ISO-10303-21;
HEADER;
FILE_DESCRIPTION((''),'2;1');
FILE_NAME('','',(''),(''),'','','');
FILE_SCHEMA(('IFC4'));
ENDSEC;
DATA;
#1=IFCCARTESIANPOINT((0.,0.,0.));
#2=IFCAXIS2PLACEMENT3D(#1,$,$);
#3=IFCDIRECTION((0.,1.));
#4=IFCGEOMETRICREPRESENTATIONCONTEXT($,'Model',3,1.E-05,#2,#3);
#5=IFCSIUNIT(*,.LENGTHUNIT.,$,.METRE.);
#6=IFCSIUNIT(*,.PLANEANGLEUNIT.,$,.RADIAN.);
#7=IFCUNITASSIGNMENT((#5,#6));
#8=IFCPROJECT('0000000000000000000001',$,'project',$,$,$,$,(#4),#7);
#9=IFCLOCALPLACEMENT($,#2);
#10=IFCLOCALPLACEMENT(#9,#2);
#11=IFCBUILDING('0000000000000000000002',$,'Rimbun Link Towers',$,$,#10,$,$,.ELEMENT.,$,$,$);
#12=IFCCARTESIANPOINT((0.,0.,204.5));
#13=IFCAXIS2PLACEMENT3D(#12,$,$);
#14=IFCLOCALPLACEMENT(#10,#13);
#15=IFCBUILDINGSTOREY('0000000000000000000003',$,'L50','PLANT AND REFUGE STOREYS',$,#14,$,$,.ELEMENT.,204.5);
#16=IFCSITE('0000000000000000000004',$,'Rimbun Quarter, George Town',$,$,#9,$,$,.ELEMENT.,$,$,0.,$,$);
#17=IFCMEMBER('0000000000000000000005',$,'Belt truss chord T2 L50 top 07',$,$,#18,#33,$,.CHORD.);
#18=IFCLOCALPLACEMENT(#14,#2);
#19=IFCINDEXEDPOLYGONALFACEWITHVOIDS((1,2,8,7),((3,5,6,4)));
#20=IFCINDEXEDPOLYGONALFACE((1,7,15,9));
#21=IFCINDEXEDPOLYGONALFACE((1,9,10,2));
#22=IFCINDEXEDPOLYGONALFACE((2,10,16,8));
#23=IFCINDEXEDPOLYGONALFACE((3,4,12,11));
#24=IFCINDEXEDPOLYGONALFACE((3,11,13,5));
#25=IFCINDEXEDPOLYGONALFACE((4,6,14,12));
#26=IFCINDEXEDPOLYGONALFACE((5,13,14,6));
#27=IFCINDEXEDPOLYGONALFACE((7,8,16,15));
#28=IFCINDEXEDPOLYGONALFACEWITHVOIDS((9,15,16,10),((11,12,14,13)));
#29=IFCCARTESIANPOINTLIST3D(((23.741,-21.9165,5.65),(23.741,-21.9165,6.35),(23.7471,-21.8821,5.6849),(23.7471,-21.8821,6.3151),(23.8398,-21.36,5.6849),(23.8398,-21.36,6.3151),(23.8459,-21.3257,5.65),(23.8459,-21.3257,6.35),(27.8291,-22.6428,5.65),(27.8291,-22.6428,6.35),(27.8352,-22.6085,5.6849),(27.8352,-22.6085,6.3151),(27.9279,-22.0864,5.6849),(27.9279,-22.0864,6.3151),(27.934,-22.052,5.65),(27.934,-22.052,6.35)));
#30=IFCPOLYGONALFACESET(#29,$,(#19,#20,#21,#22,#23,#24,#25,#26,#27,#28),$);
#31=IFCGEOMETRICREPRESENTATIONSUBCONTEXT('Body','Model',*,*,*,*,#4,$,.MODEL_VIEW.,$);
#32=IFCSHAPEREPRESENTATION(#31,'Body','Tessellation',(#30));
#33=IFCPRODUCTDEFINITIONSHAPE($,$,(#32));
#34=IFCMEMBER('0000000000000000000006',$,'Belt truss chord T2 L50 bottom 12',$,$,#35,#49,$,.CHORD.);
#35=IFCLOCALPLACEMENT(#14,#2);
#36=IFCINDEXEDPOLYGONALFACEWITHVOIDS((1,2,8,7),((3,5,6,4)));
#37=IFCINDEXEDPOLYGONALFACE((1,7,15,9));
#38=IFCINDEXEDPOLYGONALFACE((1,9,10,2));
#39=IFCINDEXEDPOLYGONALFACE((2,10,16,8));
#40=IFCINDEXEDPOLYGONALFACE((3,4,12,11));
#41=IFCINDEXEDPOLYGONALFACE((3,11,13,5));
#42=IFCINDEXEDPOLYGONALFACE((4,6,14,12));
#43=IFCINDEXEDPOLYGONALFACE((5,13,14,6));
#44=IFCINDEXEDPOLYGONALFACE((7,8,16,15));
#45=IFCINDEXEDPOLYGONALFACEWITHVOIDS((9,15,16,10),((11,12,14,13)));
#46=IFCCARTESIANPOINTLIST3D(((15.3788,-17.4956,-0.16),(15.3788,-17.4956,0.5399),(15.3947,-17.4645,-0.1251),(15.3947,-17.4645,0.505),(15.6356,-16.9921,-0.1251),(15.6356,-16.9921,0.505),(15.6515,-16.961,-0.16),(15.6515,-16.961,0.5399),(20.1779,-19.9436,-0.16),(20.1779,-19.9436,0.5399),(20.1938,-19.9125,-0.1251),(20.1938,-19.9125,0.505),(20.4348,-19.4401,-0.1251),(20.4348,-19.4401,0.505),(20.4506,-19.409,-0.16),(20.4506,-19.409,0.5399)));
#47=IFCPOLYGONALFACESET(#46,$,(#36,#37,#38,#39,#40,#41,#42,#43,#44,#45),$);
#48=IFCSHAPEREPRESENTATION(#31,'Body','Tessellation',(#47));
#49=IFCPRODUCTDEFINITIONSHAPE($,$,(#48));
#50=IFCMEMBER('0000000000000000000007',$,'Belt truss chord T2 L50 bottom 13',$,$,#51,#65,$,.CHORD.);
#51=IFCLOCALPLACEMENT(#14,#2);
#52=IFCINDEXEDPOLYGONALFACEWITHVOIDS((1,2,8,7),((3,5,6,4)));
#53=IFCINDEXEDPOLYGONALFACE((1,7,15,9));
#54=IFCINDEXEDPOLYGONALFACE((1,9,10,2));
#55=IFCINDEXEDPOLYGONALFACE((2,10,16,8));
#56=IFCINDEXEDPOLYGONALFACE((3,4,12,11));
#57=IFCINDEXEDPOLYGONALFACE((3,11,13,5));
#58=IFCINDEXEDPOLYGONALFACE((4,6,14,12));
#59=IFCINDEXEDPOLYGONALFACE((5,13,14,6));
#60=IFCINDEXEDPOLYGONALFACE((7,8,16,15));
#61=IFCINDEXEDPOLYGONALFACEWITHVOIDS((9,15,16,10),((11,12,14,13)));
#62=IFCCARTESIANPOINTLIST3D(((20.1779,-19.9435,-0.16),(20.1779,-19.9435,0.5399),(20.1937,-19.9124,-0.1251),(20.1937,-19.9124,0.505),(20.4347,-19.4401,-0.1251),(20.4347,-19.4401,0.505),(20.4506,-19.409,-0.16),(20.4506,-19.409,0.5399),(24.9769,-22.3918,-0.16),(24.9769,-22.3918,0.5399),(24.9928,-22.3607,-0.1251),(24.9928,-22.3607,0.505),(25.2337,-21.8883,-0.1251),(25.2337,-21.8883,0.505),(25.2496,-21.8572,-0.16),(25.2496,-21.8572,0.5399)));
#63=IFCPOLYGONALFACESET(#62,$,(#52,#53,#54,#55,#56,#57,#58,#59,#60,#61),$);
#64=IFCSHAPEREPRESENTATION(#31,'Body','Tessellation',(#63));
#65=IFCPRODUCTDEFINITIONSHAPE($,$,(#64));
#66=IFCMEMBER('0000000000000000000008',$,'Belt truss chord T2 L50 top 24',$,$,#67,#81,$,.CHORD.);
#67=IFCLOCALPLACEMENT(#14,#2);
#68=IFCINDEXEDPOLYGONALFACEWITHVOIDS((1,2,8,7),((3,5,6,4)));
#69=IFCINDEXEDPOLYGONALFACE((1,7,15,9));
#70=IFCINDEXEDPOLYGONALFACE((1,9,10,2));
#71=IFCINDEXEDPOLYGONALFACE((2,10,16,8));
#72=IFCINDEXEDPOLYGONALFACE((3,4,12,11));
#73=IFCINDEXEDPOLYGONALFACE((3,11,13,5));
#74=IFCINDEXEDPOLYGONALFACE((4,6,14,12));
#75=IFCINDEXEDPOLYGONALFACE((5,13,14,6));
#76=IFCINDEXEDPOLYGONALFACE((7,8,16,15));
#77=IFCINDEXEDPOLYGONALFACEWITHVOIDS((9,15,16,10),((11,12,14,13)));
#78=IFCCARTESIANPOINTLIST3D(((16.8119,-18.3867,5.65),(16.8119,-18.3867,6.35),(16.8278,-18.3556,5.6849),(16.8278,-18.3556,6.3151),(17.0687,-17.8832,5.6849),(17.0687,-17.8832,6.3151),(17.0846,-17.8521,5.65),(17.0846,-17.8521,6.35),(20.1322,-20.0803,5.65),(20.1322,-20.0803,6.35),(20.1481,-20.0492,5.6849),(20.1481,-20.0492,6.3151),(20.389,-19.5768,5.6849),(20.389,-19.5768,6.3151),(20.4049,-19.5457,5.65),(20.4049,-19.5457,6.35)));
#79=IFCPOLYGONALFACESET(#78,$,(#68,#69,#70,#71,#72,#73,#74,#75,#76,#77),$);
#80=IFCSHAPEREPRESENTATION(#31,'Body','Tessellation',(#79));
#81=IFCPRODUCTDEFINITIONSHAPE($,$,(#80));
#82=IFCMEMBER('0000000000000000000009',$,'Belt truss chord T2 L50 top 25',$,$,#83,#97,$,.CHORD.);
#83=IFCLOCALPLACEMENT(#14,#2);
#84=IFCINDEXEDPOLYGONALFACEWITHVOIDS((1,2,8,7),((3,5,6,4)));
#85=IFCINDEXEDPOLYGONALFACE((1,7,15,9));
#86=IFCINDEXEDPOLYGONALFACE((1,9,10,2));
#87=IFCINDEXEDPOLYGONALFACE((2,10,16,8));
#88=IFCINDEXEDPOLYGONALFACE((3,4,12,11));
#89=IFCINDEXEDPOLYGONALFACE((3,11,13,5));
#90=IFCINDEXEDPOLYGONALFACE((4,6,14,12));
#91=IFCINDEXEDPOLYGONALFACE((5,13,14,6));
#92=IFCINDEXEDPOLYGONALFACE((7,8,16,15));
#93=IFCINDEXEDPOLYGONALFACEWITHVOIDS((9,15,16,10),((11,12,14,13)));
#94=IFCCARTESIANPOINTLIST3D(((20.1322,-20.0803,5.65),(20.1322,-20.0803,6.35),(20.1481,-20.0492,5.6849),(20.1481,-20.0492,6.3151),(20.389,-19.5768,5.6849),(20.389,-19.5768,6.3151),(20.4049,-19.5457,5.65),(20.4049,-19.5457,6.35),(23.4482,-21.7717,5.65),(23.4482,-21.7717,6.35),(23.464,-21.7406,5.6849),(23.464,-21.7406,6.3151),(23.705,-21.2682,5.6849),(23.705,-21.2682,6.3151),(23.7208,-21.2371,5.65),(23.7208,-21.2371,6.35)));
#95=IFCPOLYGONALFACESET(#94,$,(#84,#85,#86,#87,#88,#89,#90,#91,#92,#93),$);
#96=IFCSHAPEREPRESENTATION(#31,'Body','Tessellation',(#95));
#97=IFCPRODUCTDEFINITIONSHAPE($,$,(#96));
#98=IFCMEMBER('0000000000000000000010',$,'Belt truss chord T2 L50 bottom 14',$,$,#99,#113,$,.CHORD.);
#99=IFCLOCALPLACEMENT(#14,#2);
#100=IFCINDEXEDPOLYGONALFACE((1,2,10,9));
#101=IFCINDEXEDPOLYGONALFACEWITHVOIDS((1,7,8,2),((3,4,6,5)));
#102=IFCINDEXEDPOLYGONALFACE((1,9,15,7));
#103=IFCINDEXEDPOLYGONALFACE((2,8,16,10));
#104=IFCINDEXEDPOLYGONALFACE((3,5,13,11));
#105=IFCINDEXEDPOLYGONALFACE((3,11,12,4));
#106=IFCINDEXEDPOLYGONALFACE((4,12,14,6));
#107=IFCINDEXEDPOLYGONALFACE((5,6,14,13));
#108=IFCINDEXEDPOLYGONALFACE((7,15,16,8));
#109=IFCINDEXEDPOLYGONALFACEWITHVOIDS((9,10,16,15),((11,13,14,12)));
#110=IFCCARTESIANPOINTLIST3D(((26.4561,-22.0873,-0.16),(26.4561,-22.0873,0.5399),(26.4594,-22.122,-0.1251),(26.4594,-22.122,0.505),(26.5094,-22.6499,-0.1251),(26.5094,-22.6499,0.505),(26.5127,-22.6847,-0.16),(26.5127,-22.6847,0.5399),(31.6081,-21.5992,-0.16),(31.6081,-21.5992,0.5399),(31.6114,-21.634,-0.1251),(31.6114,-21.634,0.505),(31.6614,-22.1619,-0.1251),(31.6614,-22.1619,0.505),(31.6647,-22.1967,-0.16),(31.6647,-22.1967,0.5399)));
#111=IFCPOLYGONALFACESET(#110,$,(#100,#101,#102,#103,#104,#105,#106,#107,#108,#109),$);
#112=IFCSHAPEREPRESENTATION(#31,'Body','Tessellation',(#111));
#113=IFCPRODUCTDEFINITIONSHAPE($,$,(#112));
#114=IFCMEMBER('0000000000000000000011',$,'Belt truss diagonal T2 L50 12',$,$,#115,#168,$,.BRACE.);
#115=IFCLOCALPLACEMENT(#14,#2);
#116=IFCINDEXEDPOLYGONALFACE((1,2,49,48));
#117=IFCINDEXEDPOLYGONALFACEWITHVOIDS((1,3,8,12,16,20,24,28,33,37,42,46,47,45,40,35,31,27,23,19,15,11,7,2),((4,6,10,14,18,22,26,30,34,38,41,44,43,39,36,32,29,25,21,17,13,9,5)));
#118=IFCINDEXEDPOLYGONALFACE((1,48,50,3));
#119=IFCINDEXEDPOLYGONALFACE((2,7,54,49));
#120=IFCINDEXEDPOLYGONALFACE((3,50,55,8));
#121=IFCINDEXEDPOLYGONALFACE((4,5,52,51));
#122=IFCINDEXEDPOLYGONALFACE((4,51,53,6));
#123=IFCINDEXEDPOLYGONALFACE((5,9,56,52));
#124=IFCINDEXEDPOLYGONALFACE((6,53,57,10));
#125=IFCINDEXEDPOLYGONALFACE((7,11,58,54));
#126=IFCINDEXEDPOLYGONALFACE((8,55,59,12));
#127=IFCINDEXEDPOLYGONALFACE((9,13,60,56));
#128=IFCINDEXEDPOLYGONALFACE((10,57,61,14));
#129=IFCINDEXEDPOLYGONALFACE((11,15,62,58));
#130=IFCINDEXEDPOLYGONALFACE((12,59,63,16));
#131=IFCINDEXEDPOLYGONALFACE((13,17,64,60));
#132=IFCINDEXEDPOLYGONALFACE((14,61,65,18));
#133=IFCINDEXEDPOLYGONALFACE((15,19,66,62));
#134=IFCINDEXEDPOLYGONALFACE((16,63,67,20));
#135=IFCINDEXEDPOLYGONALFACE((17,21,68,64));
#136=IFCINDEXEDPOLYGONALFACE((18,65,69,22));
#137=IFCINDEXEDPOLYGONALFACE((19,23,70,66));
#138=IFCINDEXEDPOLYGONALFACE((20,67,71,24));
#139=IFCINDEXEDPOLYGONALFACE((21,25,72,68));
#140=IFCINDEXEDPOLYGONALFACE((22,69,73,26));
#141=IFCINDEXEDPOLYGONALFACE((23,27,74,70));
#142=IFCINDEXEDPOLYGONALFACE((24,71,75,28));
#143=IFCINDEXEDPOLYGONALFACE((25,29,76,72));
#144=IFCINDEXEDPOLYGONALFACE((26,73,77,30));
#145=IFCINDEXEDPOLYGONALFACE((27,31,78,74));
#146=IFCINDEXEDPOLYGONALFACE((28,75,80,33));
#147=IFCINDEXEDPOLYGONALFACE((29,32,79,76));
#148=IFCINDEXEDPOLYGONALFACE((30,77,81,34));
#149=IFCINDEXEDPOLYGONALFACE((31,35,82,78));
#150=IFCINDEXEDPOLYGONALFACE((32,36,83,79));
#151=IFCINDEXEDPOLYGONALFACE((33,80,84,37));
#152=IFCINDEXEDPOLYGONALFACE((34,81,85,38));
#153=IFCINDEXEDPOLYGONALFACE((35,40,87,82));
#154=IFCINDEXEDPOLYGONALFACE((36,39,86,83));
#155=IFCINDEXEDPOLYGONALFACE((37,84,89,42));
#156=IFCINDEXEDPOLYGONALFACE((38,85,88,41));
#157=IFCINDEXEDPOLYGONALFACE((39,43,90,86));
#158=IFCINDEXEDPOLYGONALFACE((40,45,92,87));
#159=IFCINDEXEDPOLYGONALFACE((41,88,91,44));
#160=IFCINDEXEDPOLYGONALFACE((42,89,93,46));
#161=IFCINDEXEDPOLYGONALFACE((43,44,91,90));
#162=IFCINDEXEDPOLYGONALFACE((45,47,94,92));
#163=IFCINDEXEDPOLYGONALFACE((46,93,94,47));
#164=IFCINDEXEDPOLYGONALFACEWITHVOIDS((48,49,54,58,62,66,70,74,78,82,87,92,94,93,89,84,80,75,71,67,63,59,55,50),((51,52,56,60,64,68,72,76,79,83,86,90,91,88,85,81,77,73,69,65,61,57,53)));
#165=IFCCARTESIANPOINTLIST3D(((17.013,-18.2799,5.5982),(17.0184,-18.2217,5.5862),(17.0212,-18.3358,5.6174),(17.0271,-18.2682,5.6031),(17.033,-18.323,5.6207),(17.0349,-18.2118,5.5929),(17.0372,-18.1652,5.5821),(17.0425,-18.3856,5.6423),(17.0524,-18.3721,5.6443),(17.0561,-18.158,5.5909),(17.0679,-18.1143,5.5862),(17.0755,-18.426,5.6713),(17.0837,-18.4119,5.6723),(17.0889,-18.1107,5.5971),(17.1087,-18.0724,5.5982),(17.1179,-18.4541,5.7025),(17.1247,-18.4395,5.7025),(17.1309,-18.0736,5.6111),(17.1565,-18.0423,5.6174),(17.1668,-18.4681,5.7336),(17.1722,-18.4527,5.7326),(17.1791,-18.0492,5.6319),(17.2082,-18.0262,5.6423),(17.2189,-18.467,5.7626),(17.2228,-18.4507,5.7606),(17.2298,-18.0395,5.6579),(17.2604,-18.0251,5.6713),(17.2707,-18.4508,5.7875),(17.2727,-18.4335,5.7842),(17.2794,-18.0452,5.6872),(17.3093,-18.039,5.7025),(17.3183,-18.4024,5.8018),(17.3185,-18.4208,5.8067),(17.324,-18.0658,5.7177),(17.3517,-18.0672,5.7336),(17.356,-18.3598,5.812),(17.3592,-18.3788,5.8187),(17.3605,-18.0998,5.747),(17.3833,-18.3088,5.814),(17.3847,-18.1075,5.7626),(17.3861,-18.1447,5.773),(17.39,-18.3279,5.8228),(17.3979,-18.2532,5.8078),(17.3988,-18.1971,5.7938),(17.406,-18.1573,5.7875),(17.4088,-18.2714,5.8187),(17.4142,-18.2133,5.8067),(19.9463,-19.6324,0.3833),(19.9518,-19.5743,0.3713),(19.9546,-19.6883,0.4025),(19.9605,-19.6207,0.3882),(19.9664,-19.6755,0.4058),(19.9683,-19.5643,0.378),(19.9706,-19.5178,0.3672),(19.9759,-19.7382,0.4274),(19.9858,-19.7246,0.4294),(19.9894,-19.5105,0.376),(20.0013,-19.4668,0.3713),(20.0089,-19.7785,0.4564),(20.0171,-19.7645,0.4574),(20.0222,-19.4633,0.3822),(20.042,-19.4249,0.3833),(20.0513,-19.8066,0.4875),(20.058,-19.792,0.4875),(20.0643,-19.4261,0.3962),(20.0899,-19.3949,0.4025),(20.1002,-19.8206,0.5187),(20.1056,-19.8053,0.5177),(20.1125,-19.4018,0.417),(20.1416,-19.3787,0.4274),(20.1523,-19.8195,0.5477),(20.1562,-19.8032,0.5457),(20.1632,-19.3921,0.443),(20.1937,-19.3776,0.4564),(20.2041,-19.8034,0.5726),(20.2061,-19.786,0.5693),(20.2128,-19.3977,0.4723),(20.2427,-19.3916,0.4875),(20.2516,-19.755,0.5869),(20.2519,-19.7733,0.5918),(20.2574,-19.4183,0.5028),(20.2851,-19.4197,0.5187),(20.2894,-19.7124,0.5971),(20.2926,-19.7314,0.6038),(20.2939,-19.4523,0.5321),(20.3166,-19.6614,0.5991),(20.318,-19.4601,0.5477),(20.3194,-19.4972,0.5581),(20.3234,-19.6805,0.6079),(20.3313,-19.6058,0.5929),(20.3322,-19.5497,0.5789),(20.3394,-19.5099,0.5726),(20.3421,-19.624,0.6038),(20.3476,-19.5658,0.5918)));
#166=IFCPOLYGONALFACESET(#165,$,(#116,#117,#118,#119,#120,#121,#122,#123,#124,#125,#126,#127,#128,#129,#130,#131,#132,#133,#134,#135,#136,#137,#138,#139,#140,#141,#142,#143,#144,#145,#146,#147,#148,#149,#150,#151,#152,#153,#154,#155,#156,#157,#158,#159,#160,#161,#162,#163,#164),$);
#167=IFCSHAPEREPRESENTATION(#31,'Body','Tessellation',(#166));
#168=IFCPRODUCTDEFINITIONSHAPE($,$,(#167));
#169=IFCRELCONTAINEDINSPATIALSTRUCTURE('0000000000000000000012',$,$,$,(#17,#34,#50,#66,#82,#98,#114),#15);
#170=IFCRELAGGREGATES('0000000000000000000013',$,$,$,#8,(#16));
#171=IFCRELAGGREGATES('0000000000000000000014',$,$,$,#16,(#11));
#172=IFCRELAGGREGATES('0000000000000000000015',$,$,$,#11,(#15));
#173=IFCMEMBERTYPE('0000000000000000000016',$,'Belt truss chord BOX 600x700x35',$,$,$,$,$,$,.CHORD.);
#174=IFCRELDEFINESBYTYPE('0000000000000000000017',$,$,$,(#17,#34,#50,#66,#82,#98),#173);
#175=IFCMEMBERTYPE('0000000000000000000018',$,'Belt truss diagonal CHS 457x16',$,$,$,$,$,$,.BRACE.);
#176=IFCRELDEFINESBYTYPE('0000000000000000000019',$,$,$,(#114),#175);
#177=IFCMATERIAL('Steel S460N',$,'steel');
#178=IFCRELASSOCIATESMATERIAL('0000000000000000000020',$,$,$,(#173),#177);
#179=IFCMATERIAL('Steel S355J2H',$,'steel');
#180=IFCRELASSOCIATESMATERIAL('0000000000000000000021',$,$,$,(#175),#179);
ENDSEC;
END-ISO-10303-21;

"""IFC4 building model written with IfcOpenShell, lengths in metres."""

from ifc_helpers import new_model, si_unit, direction, frame, origin, origin_2d, place, context, subcontext, project, spatial, hollow_rectangle, hollow_circle, extrude, material, material_profile, profile_set, type_object, element, save


model = new_model("IFC4")

# Units and contexts
model_context = context("Model", 3, precision=1e-05, world=origin(), true_north=direction((0.0, 1.0)))
body_context = subcontext(model_context, "Body", "Model", "MODEL_VIEW")
ifc_project = project(units=[si_unit("LENGTHUNIT", "METRE"), si_unit("PLANEANGLEUNIT", "RADIAN")], contexts=[model_context])

# Site, building, storey
site_placement = place(None, origin())
site = spatial("IfcSite", under=ifc_project, at=site_placement, Name="Rimbun Quarter, George Town", CompositionType="ELEMENT", RefElevation=0.0)
building_placement = place(site_placement, origin())
building = spatial("IfcBuilding", under=site, at=building_placement, Name="Rimbun Link Towers", CompositionType="ELEMENT")
storey_placement = place(building_placement, frame((0.0, 0.0, 204.5)))
storey = spatial("IfcBuildingStorey", under=building, at=storey_placement, Name="L50", Description="PLANT AND REFUGE STOREYS", CompositionType="ELEMENT", Elevation=204.5)

# Members
ifc_material_1 = material(Name="Steel S460N", Category="steel")
ifc_material_profile_1 = material_profile(ifc_material_1, hollow_rectangle(XDim=0.6001, YDim=0.7, WallThickness=0.0349, at=origin_2d()), Name="Belt truss chord BOX 600x700x35")
ifc_profile_set_1 = profile_set([ifc_material_profile_1], Name="Steel S460N")
member_type_1 = type_object("IfcMemberType", Name="Belt truss chord BOX 600x700x35", PredefinedType="CHORD", material=ifc_profile_set_1)
member_1_placement = place(storey_placement, frame((23.7935, -21.6211, 6.0), z_axis=(0.984582, -0.174926, 0.0), x_axis=(0.174926, 0.984582, 0.0)))
element("IfcMember", 1, at=member_1_placement, inside=storey, type_object=member_type_1, Name="Belt truss chord T2 L50 top 07", PredefinedType="CHORD", context=body_context, shape_type="SweptSolid", body=[
    extrude(hollow_rectangle(XDim=0.6001, YDim=0.7, WallThickness=0.0349, at=origin_2d()), origin(), (0.0, 0.0, 1.0), 4.1521),
])
for number, where, z_axis, x_axis, name in (
    (2, (15.5151, -17.2283, 0.1899), (0.8908, -0.454395, 0.0), (0.454395, 0.8908, 0.0), "Belt truss chord T2 L50 bottom 12"),
    (3, (20.3142, -19.6763, 0.1899), (0.890782, -0.454431, 0.0), (0.454431, 0.890782, 0.0), "Belt truss chord T2 L50 bottom 13"),
):
    element("IfcMember", number, at=place(storey_placement, frame(where, z_axis=z_axis, x_axis=x_axis)), inside=storey, type_object=member_type_1, Name=name, PredefinedType="CHORD", context=body_context, shape_type="SweptSolid", body=[
        extrude(hollow_rectangle(XDim=0.6001, YDim=0.7, WallThickness=0.0349, at=origin_2d()), origin(), (0.0, 0.0, 1.0), 5.3875),
    ])
member_2_placement = place(storey_placement, frame((16.9482, -18.1194, 6.0), z_axis=(0.890809, -0.454378, 0.0), x_axis=(0.454378, 0.890809, 0.0)))
element("IfcMember", 4, at=member_2_placement, inside=storey, type_object=member_type_1, Name="Belt truss chord T2 L50 top 24", PredefinedType="CHORD", context=body_context, shape_type="SweptSolid", body=[
    extrude(hollow_rectangle(XDim=0.6001, YDim=0.7, WallThickness=0.0349, at=origin_2d()), origin(), (0.0, 0.0, 1.0), 3.7273),
])
member_3_placement = place(storey_placement, frame((20.2686, -19.813, 6.0), z_axis=(0.890804, -0.454387, 0.0), x_axis=(0.454387, 0.890804, 0.0)))
element("IfcMember", 5, at=member_3_placement, inside=storey, type_object=member_type_1, Name="Belt truss chord T2 L50 top 25", PredefinedType="CHORD", context=body_context, shape_type="SweptSolid", body=[
    extrude(hollow_rectangle(XDim=0.6001, YDim=0.7, WallThickness=0.0349, at=origin_2d()), origin(), (0.0, 0.0, 1.0), 3.7224),
])
member_4_placement = place(storey_placement, frame((26.4844, -22.386, 0.1899), z_axis=(0.995543, 0.094304, 0.0), x_axis=(-0.094304, 0.995543, 0.0)))
element("IfcMember", 6, at=member_4_placement, inside=storey, type_object=member_type_1, Name="Belt truss chord T2 L50 bottom 14", PredefinedType="CHORD", context=body_context, shape_type="SweptSolid", body=[
    extrude(hollow_rectangle(XDim=0.6001, YDim=0.7, WallThickness=0.0349, at=origin_2d()), origin(), (0.0, 0.0, 1.0), 5.175),
])
ifc_material_2 = material(Name="Steel S355J2H", Category="steel")
ifc_material_profile_2 = material_profile(ifc_material_2, hollow_circle(Radius=0.2285, WallThickness=0.0161, at=origin_2d()), Name="Belt truss diagonal CHS 457x16")
ifc_profile_set_2 = profile_set([ifc_material_profile_2], Name="Steel S355J2H")
member_type_2 = type_object("IfcMemberType", Name="Belt truss diagonal CHS 457x16", PredefinedType="BRACE", material=ifc_profile_set_2)
member_5_placement = place(storey_placement, frame((20.147, -19.5991, 0.4875), z_axis=(-0.478195, 0.220491, 0.850125), x_axis=(-0.418723, -0.908114, 0.0)))
element("IfcMember", 7, at=member_5_placement, inside=storey, type_object=member_type_2, Name="Belt truss diagonal T2 L50 12", PredefinedType="BRACE", context=body_context, shape_type="SweptSolid", body=[
    extrude(hollow_circle(Radius=0.2285, WallThickness=0.0161, at=origin_2d()), origin(), (0.0, 0.0, 1.0), 6.1343),
])

save(model, "model.ifc")
